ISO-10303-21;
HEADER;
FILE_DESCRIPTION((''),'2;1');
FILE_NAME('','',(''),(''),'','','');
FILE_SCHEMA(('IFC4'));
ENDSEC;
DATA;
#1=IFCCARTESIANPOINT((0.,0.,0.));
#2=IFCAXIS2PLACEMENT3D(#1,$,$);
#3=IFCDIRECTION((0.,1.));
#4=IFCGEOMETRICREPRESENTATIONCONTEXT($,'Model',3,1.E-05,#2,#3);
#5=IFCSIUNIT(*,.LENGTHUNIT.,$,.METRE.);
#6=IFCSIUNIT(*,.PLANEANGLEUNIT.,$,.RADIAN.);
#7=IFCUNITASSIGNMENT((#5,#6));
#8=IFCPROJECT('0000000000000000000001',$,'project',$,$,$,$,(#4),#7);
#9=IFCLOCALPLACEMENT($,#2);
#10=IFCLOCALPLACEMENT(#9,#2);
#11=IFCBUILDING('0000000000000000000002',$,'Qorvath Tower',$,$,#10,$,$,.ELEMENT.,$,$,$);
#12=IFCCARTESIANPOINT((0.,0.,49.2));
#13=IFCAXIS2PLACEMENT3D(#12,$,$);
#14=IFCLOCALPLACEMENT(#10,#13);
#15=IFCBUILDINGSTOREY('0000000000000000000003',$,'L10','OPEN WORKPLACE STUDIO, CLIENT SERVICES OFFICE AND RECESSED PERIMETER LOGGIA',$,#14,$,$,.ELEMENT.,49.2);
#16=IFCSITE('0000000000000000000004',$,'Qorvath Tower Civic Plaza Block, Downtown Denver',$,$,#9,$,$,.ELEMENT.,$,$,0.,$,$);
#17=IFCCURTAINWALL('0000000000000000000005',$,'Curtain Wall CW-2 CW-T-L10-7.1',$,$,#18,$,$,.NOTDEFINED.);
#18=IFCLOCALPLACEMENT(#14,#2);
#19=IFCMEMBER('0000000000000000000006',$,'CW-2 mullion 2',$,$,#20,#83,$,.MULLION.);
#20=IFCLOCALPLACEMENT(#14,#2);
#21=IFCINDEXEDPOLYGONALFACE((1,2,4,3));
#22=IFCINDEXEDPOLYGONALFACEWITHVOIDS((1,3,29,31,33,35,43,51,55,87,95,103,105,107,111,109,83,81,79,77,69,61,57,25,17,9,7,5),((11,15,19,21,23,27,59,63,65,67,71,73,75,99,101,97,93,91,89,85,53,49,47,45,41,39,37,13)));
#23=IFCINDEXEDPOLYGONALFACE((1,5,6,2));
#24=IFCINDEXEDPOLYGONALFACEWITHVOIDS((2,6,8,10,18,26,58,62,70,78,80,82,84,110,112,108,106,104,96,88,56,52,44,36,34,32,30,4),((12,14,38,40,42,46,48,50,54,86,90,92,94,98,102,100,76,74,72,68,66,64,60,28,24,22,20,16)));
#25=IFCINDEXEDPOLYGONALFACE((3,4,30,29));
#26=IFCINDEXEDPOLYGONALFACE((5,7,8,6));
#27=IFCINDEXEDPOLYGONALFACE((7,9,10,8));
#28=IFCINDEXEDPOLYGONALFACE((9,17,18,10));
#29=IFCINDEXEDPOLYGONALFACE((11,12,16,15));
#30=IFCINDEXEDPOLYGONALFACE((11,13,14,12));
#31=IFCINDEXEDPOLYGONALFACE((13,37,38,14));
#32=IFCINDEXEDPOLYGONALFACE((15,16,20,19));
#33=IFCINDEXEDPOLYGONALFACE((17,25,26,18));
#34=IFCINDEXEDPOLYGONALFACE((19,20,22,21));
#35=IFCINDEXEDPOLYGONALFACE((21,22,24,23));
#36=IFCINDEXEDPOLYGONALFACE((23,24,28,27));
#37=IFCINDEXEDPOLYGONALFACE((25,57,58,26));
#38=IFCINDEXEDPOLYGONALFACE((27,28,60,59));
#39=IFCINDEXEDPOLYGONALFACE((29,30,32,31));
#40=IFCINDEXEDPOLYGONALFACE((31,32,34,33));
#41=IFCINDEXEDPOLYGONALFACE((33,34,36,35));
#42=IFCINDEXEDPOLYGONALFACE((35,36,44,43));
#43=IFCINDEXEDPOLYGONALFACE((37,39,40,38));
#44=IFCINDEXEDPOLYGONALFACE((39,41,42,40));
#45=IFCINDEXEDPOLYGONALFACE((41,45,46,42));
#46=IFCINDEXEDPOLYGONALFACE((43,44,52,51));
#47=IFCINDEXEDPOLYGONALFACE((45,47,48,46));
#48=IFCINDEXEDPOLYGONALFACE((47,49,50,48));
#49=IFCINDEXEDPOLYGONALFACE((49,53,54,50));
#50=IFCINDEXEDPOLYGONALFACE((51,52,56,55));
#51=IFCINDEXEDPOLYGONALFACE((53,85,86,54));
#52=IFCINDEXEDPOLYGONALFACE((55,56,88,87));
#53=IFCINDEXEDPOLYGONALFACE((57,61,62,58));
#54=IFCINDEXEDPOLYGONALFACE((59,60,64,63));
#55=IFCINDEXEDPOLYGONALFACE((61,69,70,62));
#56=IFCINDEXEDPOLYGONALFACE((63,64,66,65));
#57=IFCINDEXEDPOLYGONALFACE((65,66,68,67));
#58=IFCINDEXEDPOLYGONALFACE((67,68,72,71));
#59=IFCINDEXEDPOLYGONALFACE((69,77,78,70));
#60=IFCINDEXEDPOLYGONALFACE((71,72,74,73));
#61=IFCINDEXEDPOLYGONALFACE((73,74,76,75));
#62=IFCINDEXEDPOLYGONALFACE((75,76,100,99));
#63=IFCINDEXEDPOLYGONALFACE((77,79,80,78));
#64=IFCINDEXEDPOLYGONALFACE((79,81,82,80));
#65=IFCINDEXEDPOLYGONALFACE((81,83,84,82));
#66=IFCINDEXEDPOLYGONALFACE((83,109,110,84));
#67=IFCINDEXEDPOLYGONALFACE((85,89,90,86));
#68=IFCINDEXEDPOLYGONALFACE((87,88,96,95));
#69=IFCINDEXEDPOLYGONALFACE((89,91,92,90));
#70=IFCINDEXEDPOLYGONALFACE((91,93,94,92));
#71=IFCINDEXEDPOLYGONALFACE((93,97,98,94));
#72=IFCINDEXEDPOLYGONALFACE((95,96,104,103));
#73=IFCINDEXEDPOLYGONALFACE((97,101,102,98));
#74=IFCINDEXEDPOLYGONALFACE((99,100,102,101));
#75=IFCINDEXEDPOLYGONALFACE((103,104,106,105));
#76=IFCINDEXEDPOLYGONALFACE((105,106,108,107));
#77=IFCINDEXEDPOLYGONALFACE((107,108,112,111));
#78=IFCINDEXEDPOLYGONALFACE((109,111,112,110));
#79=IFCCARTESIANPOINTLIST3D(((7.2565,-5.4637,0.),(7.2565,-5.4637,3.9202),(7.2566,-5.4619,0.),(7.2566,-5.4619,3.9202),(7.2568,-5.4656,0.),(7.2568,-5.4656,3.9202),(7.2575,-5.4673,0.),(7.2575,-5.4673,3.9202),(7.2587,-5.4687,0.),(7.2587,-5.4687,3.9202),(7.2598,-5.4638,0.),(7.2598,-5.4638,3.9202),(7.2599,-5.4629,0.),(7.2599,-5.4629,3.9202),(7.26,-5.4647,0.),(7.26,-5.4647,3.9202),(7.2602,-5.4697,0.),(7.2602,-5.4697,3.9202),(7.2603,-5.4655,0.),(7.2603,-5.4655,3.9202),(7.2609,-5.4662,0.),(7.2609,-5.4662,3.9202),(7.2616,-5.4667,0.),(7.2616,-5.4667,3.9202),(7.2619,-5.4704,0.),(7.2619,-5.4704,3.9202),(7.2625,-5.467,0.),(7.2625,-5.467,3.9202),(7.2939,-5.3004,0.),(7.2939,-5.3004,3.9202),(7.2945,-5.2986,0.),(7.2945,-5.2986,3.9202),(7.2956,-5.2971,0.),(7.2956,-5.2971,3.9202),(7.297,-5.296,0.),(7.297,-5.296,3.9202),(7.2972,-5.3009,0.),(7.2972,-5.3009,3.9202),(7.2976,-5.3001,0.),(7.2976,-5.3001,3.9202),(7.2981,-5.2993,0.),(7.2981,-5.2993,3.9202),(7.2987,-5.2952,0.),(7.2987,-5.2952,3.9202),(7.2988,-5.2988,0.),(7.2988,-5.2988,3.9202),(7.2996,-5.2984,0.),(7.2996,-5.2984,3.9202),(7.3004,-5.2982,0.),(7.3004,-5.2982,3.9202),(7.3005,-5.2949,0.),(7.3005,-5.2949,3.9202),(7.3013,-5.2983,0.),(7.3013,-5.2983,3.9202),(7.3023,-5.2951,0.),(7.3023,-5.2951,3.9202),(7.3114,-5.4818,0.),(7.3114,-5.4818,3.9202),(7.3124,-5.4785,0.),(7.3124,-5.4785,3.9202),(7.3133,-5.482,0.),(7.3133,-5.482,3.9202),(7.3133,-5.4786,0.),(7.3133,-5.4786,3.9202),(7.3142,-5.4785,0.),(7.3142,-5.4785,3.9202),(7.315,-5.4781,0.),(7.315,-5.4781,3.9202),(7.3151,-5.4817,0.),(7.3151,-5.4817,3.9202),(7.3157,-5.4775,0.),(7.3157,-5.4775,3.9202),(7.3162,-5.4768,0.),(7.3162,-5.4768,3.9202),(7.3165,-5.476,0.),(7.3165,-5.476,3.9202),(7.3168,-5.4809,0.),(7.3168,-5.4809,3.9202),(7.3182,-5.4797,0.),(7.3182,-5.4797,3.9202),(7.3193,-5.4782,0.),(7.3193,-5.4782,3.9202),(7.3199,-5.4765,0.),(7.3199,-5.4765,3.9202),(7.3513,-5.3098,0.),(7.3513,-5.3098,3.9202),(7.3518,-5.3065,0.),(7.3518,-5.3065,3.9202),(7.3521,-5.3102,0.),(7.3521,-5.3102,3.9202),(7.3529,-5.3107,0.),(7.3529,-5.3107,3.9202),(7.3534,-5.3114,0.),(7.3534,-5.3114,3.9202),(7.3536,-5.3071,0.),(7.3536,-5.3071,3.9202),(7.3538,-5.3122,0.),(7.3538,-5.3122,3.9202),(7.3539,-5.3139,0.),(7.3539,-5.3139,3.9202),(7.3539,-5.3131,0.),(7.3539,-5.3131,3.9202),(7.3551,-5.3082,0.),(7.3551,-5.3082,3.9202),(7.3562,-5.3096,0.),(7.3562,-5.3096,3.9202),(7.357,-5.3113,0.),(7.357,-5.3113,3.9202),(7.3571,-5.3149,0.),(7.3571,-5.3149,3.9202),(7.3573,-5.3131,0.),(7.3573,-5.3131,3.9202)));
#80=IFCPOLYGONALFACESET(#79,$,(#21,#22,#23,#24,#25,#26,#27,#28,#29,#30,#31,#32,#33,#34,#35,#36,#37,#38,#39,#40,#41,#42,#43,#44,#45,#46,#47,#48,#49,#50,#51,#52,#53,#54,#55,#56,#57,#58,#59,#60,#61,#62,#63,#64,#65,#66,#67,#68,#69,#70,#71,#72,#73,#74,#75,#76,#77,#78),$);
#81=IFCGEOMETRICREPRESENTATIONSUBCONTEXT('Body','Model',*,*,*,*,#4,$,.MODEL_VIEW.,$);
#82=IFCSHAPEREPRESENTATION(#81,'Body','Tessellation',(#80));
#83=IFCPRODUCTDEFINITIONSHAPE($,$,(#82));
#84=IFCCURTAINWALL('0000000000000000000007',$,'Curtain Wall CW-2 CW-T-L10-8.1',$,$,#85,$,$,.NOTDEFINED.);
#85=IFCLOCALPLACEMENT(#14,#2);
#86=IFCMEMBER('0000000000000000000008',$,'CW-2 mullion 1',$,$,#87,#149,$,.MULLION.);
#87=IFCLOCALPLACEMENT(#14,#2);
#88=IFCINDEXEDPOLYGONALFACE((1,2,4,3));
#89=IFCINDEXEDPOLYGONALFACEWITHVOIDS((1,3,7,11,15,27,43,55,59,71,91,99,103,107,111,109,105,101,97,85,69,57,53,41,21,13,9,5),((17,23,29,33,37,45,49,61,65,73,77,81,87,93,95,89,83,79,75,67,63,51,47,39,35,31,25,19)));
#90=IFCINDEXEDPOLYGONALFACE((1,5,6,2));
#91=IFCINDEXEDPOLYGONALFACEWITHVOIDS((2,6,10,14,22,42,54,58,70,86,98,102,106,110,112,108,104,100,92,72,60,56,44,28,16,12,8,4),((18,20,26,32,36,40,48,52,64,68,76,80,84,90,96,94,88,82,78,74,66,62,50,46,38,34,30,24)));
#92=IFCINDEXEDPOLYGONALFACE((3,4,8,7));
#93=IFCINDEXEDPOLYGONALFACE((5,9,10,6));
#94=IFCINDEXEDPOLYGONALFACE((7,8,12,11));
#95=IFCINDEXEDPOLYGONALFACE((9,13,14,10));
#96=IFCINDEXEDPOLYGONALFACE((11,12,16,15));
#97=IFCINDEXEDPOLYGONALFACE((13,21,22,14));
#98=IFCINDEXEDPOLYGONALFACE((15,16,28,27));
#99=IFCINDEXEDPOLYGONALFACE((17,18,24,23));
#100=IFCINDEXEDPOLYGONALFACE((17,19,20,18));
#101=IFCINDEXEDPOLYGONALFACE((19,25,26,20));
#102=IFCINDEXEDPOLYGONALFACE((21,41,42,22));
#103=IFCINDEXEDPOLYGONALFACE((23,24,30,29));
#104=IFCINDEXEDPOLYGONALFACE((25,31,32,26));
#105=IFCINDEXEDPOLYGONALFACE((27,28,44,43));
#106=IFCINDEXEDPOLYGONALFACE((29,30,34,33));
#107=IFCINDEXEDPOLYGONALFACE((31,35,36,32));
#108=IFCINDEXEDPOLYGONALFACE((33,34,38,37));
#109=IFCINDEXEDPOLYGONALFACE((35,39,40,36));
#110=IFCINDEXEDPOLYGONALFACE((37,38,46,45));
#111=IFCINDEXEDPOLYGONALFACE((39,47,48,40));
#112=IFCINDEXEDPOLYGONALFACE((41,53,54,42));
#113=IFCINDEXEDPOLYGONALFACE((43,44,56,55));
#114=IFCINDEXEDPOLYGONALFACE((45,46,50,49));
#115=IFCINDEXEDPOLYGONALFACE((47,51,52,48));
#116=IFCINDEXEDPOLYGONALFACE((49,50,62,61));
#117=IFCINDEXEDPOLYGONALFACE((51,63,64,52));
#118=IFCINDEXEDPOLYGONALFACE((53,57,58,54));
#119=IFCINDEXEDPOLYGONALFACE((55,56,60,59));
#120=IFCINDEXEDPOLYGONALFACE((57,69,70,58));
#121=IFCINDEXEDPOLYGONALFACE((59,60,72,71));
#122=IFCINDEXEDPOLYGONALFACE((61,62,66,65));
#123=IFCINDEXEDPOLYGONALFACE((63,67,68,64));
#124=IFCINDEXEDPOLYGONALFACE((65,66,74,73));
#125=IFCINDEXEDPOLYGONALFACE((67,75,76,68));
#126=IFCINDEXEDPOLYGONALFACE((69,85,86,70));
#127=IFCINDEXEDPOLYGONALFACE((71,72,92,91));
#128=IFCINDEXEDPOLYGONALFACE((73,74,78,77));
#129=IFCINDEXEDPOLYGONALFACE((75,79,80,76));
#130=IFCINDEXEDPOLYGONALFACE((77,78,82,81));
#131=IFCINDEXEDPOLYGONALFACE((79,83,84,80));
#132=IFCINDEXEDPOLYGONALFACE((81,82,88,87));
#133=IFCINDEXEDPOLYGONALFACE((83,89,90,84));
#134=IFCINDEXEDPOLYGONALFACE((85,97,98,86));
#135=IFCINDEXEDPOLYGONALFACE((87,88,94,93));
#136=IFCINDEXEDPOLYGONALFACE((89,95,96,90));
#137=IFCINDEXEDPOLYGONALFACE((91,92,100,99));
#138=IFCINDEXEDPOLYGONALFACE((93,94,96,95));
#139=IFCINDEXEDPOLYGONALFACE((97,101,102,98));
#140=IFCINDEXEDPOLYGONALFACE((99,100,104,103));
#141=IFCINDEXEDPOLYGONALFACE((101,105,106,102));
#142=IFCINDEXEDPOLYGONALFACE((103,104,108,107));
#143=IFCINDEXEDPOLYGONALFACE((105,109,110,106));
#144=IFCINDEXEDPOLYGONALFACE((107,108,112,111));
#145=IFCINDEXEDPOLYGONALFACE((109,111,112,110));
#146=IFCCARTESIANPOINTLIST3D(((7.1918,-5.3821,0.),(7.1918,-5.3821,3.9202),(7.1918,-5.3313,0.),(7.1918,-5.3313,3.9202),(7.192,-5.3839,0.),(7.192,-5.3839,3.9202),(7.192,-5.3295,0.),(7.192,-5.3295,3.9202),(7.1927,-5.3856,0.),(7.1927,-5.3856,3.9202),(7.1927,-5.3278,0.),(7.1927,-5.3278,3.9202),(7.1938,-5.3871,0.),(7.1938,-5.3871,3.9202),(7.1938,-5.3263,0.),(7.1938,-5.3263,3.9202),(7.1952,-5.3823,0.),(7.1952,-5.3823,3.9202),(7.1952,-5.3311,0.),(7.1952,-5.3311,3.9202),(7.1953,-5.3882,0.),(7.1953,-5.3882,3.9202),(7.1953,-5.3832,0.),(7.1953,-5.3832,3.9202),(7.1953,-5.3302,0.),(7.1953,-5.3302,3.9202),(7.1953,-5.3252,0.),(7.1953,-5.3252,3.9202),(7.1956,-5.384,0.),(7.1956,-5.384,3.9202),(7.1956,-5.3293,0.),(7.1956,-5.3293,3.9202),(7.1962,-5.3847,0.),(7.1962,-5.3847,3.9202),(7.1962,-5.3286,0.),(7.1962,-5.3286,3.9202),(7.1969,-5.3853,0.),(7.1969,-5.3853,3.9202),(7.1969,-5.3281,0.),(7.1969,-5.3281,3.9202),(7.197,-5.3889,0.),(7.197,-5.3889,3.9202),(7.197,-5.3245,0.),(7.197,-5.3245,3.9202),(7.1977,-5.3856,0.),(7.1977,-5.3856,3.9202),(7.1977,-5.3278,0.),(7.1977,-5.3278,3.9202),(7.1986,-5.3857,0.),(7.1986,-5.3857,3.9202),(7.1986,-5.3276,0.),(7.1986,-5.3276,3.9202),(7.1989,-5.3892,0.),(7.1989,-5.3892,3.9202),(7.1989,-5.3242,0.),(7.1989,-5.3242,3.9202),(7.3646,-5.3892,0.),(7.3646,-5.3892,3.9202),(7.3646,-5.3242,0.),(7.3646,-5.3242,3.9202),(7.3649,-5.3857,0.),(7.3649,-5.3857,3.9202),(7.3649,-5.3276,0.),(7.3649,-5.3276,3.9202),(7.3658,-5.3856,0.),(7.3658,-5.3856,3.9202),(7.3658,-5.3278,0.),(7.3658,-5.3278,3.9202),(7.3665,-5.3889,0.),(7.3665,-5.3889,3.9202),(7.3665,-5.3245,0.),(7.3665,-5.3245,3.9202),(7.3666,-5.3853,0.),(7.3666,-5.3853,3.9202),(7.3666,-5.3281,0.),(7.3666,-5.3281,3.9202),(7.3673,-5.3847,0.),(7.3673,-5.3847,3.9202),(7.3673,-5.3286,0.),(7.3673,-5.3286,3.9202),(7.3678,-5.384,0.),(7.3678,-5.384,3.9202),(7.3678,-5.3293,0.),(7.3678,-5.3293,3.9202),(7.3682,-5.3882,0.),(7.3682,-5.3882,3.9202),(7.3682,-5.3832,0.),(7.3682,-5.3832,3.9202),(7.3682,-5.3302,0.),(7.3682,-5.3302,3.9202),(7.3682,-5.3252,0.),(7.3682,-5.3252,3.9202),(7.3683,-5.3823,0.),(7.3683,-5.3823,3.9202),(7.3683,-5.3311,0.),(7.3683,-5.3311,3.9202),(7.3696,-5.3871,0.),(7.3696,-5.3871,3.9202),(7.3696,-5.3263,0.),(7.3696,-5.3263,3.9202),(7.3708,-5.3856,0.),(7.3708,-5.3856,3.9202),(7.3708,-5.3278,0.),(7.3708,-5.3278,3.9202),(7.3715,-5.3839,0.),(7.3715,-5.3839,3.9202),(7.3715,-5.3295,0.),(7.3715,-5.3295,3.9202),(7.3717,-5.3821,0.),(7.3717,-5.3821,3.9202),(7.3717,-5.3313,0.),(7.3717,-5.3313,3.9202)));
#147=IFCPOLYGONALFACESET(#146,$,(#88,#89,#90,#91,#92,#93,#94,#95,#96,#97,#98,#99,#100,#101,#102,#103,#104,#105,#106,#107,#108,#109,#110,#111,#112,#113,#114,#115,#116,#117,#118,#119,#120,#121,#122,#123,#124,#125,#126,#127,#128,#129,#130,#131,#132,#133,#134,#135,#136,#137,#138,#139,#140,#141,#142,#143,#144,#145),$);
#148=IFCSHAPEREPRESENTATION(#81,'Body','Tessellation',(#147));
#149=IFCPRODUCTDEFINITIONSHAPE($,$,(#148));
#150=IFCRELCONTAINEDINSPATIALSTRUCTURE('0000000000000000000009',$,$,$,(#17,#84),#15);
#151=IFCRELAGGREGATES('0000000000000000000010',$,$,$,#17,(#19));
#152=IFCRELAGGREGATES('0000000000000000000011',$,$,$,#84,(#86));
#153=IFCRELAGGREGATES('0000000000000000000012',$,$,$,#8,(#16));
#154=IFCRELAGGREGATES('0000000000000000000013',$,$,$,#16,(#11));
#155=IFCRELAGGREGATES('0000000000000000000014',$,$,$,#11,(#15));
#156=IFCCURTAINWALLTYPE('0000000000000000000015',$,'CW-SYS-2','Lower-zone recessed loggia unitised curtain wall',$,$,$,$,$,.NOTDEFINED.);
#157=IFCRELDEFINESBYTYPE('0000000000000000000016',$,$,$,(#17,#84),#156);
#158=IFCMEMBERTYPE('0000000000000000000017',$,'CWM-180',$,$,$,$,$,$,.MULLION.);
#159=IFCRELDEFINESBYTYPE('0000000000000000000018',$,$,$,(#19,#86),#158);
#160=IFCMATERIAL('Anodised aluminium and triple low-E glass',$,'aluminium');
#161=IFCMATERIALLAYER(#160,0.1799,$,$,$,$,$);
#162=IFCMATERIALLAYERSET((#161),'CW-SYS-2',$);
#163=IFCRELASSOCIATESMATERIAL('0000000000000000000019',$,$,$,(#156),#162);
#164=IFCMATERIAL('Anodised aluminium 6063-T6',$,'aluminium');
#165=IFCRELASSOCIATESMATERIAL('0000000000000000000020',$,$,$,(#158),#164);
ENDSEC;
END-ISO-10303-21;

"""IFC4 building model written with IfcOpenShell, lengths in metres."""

from ifc_helpers import new_model, si_unit, direction, frame, origin, origin_2d, place, context, subcontext, project, spatial, hollow_rectangle, extrude, material, layer, layer_set, material_profile, profile_set, type_object, element, aggregate, save


model = new_model("IFC4")

# Units and contexts
model_context = context("Model", 3, precision=1e-05, world=origin(), true_north=direction((0.0, 1.0)))
body_context = subcontext(model_context, "Body", "Model", "MODEL_VIEW")
ifc_project = project(units=[si_unit("LENGTHUNIT", "METRE"), si_unit("PLANEANGLEUNIT", "RADIAN")], contexts=[model_context])

# Site, building, storey
site_placement = place(None, origin())
site = spatial("IfcSite", under=ifc_project, at=site_placement, Name="Qorvath Tower Civic Plaza Block, Downtown Denver", CompositionType="ELEMENT", RefElevation=0.0)
building_placement = place(site_placement, origin())
building = spatial("IfcBuilding", under=site, at=building_placement, Name="Qorvath Tower", CompositionType="ELEMENT")
storey_placement = place(building_placement, frame((0.0, 0.0, 49.2)))
storey = spatial("IfcBuildingStorey", under=building, at=storey_placement, Name="L10", Description="OPEN WORKPLACE STUDIO, CLIENT SERVICES OFFICE AND RECESSED PERIMETER LOGGIA", CompositionType="ELEMENT", Elevation=49.2)

# Curtain wall, member
ifc_material_1 = material(Name="Anodised aluminium and triple low-E glass", Category="aluminium")
ifc_layer_1 = layer(ifc_material_1, 0.1799)
ifc_layer_set_1 = layer_set([ifc_layer_1], Name="CW-SYS-2")
curtain_wall_type = type_object("IfcCurtainWallType", Name="CW-SYS-2", Description="Lower-zone recessed loggia unitised curtain wall", PredefinedType="NOTDEFINED", material=ifc_layer_set_1)
curtain_wall_1_placement = place(storey_placement, origin())
curtain_wall_1 = element("IfcCurtainWall", 1, at=curtain_wall_1_placement, inside=storey, type_object=curtain_wall_type, Name="Curtain Wall CW-2 CW-T-L10-7.1", PredefinedType="NOTDEFINED")
ifc_material_2 = material(Name="Anodised aluminium 6063-T6", Category="aluminium")
ifc_material_profile_1 = material_profile(ifc_material_2, hollow_rectangle(XDim=0.0649, YDim=0.1799, WallThickness=0.0034, InnerFilletRadius=0.0034, OuterFilletRadius=0.0071, at=origin_2d()), Name="CWM 180x65")
ifc_profile_set_1 = profile_set([ifc_material_profile_1], Name="Anodised aluminium 6063-T6")
member_type_1 = type_object("IfcMemberType", Name="CWM-180", PredefinedType="MULLION", material=ifc_profile_set_1)
member_1_placement = place(storey_placement, frame((7.3069, -5.3884, 0.0), z_axis=(0.0, 0.0, 1.0), x_axis=(-0.974466, 0.224535, 0.0)))
member_1 = element("IfcMember", 2, at=member_1_placement, type_object=member_type_1, Name="CW-2 mullion 2", PredefinedType="MULLION", context=body_context, shape_type="SweptSolid", body=[
    extrude(hollow_rectangle(XDim=0.0649, YDim=0.1799, WallThickness=0.0034, InnerFilletRadius=0.0034, OuterFilletRadius=0.0071, at=origin_2d()), origin(), (0.0, 0.0, 1.0), 3.9202),
])
aggregate(curtain_wall_1, [member_1])

# Curtain wall, member
curtain_wall_2_placement = place(storey_placement, origin())
curtain_wall_2 = element("IfcCurtainWall", 3, at=curtain_wall_2_placement, inside=storey, type_object=curtain_wall_type, Name="Curtain Wall CW-2 CW-T-L10-8.1", PredefinedType="NOTDEFINED")
member_2_placement = place(storey_placement, frame((7.2817, -5.3567, 0.0), z_axis=(0.0, 0.0, 1.0), x_axis=(0.0, -1.0, 0.0)))
member_2 = element("IfcMember", 4, at=member_2_placement, type_object=member_type_1, Name="CW-2 mullion 1", PredefinedType="MULLION", context=body_context, shape_type="SweptSolid", body=[
    extrude(hollow_rectangle(XDim=0.0649, YDim=0.1799, WallThickness=0.0034, InnerFilletRadius=0.0034, OuterFilletRadius=0.0071, at=origin_2d()), origin(), (0.0, 0.0, 1.0), 3.9202),
])

aggregate(curtain_wall_2, [member_2])

save(model, "model.ifc")
